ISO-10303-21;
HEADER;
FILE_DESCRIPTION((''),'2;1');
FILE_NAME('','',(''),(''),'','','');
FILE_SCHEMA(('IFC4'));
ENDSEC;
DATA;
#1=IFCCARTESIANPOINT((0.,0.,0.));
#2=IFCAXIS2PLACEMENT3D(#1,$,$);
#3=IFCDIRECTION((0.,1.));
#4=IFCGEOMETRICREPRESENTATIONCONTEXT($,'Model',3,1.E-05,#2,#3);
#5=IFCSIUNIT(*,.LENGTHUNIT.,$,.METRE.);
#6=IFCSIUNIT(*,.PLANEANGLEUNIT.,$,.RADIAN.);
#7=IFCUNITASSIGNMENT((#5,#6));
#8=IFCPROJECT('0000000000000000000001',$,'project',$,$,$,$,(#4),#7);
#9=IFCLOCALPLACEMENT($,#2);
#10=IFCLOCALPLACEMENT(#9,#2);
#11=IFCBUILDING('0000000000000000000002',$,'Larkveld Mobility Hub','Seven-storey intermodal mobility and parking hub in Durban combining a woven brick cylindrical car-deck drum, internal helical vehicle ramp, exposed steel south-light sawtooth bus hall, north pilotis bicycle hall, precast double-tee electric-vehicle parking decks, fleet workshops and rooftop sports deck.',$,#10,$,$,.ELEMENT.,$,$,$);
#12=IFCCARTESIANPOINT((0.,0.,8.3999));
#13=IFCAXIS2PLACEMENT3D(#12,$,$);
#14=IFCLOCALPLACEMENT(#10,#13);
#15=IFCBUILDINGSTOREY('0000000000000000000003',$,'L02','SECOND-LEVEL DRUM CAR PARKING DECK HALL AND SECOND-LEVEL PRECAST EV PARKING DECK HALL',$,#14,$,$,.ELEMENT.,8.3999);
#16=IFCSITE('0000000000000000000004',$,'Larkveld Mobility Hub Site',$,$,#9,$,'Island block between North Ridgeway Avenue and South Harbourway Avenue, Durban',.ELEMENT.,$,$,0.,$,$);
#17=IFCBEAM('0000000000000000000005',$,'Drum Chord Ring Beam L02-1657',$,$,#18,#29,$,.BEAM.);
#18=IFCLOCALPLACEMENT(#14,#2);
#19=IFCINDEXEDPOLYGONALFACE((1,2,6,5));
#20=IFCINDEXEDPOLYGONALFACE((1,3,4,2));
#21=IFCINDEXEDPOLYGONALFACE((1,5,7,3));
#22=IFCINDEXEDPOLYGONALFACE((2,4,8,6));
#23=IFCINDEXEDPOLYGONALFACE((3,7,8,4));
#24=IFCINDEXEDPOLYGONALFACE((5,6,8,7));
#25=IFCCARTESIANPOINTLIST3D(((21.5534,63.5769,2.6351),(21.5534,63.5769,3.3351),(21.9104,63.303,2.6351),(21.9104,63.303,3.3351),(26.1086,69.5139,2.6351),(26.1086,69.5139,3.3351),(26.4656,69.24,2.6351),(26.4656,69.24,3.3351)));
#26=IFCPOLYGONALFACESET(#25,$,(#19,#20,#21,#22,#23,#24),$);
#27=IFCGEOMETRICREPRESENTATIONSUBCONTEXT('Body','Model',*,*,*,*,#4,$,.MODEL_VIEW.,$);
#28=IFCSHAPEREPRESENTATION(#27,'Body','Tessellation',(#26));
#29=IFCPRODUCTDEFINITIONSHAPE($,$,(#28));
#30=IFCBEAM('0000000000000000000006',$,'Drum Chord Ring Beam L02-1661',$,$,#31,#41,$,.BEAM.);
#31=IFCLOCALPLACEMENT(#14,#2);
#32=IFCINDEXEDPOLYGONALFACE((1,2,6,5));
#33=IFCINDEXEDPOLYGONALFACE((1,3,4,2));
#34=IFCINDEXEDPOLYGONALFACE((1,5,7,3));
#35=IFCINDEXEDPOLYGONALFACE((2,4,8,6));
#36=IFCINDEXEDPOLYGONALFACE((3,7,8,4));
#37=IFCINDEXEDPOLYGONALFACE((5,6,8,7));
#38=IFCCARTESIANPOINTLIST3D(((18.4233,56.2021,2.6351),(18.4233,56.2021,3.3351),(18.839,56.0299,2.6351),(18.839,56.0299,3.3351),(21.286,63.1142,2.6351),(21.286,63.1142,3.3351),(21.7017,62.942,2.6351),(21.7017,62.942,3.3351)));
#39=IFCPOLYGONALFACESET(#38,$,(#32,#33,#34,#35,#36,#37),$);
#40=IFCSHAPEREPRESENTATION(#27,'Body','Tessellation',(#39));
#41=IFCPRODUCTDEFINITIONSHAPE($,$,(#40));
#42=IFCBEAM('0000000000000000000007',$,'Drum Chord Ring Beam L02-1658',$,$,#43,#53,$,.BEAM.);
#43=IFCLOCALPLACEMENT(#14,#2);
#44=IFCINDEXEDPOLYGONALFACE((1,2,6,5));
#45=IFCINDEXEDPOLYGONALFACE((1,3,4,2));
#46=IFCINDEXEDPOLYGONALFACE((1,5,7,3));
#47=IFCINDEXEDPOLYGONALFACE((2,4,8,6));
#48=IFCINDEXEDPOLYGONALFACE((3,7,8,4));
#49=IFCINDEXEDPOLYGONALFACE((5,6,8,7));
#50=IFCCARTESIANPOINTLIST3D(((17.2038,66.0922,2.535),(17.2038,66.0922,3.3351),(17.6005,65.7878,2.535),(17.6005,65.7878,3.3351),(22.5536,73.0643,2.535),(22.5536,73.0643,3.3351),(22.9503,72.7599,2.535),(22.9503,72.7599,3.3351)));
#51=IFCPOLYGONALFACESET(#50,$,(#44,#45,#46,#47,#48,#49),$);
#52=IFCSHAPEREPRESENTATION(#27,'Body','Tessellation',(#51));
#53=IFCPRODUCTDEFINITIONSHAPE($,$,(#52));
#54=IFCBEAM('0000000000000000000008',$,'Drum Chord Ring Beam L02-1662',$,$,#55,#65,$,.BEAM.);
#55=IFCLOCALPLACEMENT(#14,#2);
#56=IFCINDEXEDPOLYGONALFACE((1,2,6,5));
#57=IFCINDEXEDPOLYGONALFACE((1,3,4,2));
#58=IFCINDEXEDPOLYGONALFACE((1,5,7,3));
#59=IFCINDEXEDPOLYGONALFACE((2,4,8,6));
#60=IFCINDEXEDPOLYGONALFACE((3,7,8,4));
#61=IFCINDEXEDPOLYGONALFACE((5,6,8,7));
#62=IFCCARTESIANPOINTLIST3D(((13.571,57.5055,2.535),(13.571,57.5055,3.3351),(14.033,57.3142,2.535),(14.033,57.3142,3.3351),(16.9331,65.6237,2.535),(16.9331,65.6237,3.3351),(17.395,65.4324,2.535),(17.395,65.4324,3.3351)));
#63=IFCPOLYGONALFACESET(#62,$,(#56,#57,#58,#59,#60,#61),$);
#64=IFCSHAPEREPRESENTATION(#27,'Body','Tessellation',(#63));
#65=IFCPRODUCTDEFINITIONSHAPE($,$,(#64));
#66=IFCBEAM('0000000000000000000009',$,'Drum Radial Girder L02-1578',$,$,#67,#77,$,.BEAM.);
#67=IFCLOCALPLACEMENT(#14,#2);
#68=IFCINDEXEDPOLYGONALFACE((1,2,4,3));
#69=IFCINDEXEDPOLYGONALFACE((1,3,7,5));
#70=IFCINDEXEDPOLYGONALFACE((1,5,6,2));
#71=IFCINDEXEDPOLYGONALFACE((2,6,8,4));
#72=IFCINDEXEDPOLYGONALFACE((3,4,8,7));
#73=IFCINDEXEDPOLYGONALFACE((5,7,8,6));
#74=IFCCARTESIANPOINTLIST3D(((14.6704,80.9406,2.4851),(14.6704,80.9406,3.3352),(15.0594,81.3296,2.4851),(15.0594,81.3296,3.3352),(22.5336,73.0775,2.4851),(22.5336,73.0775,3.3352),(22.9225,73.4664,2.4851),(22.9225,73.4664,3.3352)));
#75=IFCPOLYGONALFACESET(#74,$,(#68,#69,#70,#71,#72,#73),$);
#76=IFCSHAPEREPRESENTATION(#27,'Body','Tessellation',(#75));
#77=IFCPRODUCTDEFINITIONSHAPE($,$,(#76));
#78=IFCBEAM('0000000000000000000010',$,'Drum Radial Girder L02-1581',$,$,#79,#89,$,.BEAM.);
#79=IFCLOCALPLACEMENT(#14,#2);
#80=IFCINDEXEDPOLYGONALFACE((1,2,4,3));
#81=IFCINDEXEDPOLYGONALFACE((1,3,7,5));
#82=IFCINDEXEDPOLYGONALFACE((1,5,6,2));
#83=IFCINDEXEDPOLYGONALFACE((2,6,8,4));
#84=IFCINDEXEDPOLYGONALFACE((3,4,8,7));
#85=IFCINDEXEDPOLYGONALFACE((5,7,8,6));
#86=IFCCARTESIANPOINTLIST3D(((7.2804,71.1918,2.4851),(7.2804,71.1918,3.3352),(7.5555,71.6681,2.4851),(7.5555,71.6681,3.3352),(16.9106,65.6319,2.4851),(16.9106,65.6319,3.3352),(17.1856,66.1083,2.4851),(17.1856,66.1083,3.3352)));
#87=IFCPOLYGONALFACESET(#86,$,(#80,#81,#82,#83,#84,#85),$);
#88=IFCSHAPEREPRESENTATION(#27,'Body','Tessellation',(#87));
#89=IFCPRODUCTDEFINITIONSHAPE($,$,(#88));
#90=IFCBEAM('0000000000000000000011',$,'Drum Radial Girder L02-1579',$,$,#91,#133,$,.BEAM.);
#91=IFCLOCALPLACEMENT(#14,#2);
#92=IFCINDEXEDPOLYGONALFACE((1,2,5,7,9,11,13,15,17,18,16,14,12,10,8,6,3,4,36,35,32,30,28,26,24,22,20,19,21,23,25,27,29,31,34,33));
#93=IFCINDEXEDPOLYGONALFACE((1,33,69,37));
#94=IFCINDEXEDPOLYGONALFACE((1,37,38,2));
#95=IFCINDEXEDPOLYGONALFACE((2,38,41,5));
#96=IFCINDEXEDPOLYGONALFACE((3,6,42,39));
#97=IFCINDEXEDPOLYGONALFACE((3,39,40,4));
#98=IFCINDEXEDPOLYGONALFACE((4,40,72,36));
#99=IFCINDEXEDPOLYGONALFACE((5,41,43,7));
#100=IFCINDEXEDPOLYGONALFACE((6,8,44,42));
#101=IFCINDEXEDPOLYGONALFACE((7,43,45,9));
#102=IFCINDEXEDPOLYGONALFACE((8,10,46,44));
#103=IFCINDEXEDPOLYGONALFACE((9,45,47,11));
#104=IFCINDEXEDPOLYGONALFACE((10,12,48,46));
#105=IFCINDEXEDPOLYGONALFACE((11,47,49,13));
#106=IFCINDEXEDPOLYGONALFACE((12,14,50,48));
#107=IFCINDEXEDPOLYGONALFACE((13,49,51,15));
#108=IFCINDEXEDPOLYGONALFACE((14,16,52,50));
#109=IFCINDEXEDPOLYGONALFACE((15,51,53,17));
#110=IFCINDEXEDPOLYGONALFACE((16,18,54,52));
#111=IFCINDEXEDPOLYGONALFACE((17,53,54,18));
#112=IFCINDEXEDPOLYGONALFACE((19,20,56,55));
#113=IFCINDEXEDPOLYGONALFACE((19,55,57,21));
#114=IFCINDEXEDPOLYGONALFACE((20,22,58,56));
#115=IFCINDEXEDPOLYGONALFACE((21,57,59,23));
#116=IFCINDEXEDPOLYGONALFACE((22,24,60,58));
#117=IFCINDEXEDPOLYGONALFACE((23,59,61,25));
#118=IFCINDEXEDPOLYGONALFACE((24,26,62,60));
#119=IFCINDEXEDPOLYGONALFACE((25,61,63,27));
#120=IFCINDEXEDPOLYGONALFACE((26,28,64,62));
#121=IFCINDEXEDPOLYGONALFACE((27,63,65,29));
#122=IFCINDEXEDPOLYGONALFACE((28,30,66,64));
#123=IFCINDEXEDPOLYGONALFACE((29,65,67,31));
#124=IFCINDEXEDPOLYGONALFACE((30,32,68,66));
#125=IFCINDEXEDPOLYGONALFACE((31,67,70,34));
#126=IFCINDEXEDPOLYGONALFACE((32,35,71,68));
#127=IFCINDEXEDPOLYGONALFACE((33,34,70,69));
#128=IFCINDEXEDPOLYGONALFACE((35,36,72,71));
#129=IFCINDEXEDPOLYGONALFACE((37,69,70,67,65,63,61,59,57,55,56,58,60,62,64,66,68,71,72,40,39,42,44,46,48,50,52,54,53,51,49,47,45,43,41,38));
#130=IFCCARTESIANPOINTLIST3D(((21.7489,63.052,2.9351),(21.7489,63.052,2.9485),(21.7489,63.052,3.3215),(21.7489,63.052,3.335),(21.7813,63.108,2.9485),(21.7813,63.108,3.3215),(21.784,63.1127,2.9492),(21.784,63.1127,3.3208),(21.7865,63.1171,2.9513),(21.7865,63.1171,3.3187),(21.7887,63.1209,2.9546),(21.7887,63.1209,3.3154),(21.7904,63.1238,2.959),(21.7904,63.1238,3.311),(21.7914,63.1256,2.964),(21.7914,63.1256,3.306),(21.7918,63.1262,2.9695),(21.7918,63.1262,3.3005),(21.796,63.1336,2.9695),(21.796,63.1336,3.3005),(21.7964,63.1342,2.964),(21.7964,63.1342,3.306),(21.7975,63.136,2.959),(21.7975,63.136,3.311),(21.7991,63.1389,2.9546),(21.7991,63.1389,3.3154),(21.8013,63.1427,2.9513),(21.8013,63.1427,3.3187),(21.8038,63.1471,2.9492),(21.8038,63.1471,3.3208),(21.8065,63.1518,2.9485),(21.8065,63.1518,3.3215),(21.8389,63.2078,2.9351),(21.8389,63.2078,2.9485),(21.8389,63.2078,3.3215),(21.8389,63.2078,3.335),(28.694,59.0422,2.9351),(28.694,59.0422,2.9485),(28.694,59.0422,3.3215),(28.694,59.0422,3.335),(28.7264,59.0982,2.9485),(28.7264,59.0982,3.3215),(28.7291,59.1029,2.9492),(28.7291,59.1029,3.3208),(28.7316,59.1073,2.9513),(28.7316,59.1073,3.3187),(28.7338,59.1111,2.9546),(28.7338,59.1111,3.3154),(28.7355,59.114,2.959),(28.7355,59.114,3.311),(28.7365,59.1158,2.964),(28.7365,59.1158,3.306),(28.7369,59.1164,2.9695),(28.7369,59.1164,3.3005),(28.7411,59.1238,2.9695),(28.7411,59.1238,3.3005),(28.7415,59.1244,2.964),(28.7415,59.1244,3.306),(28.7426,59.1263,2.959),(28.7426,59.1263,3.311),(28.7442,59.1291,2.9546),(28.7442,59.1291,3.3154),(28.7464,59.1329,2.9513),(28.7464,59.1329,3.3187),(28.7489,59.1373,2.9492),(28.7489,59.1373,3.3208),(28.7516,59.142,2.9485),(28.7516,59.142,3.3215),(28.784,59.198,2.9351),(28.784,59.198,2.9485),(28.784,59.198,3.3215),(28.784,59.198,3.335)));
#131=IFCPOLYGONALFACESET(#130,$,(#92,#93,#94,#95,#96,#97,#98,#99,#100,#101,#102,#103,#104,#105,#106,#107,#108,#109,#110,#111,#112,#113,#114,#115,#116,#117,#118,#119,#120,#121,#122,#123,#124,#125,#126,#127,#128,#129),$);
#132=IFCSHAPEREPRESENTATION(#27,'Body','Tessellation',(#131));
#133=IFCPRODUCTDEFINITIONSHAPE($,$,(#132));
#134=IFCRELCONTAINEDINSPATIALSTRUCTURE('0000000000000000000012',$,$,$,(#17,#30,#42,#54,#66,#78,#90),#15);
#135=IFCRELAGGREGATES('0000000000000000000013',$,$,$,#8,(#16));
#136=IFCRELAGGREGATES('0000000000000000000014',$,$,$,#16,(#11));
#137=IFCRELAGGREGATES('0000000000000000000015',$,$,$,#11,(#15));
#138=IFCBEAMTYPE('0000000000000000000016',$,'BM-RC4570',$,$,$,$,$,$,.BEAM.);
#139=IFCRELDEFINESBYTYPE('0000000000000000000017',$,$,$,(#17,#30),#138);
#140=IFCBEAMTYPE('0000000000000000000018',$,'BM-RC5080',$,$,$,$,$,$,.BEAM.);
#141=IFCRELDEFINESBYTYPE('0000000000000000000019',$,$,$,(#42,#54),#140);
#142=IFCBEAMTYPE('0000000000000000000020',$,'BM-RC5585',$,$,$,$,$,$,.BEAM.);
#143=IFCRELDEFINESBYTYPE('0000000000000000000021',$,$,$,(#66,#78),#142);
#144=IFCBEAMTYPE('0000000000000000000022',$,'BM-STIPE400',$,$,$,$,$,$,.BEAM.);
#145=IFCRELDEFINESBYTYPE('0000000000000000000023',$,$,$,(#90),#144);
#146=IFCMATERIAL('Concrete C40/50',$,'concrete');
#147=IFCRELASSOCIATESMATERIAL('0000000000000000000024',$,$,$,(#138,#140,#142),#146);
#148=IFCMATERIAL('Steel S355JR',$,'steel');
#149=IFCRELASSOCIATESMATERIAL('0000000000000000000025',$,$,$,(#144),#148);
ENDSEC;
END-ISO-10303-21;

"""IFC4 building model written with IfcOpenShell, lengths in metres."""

from ifc_helpers import new_model, si_unit, direction, frame, origin, origin_2d, place, context, subcontext, project, spatial, rectangle, i_section, extrude, material, material_profile, profile_set, type_object, element, save


model = new_model("IFC4")

# Units and contexts
model_context = context("Model", 3, precision=1e-05, world=origin(), true_north=direction((0.0, 1.0)))
body_context = subcontext(model_context, "Body", "Model", "MODEL_VIEW")
ifc_project = project(units=[si_unit("LENGTHUNIT", "METRE"), si_unit("PLANEANGLEUNIT", "RADIAN")], contexts=[model_context])

# Site, building, storey
site_placement = place(None, origin())
site = spatial("IfcSite", under=ifc_project, at=site_placement, Name="Larkveld Mobility Hub Site", LongName="Island block between North Ridgeway Avenue and South Harbourway Avenue, Durban", CompositionType="ELEMENT", RefElevation=0.0)
building_placement = place(site_placement, origin())
building = spatial("IfcBuilding", under=site, at=building_placement, Name="Larkveld Mobility Hub", Description="Seven-storey intermodal mobility and parking hub in Durban combining a woven brick cylindrical car-deck drum, internal helical vehicle ramp, exposed steel south-light sawtooth bus hall, north pilotis bicycle hall, precast double-tee electric-vehicle parking decks, fleet workshops and rooftop sports deck.", CompositionType="ELEMENT")
storey_placement = place(building_placement, frame((0.0, 0.0, 8.3999)))
storey = spatial("IfcBuildingStorey", under=building, at=storey_placement, Name="L02", Description="SECOND-LEVEL DRUM CAR PARKING DECK HALL AND SECOND-LEVEL PRECAST EV PARKING DECK HALL", CompositionType="ELEMENT", Elevation=8.3999)

# Shared definitions
ifc_material_1 = material(Name="Concrete C40/50", Category="concrete")

# Beams
ifc_material_profile_1 = material_profile(ifc_material_1, rectangle(XDim=0.45, YDim=0.7, at=origin_2d()), Name="RC BM 450x700")
ifc_profile_set_1 = profile_set([ifc_material_profile_1], Name="Concrete C40/50")
beam_type_1 = type_object("IfcBeamType", Name="BM-RC4570", PredefinedType="BEAM", material=ifc_profile_set_1)
beam_1_placement = place(storey_placement, frame((26.2871, 69.377, 2.9851), z_axis=(-0.608723, -0.793383, 0.0), x_axis=(0.793383, -0.608723, 0.0)))
element("IfcBeam", 1, at=beam_1_placement, inside=storey, type_object=beam_type_1, Name="Drum Chord Ring Beam L02-1657", PredefinedType="BEAM", context=body_context, shape_type="SweptSolid", body=[
    extrude(rectangle(XDim=0.45, YDim=0.7, at=origin_2d()), origin(), (0.0, 0.0, 1.0), 7.4832),
])
beam_2_placement = place(storey_placement, frame((21.4939, 63.0281, 2.9851), z_axis=(-0.38265, -0.923894, 0.0), x_axis=(0.923894, -0.38265, 0.0)))
element("IfcBeam", 2, at=beam_2_placement, inside=storey, type_object=beam_type_1, Name="Drum Chord Ring Beam L02-1661", PredefinedType="BEAM", context=body_context, shape_type="SweptSolid", body=[
    extrude(rectangle(XDim=0.45, YDim=0.7, at=origin_2d()), origin(), (0.0, 0.0, 1.0), 7.4814),
])
ifc_material_profile_2 = material_profile(ifc_material_1, rectangle(XDim=0.5, YDim=0.8, at=origin_2d()), Name="RC BM 500x800")
ifc_profile_set_2 = profile_set([ifc_material_profile_2], Name="Concrete C40/50")
beam_type_2 = type_object("IfcBeamType", Name="BM-RC5080", PredefinedType="BEAM", material=ifc_profile_set_2)
beam_3_placement = place(storey_placement, frame((22.752, 72.9121, 2.9351), z_axis=(-0.608756, -0.793358, 0.0), x_axis=(0.793358, -0.608756, 0.0)))
element("IfcBeam", 3, at=beam_3_placement, inside=storey, type_object=beam_type_2, Name="Drum Chord Ring Beam L02-1658", PredefinedType="BEAM", context=body_context, shape_type="SweptSolid", body=[
    extrude(rectangle(XDim=0.5, YDim=0.8, at=origin_2d()), origin(), (0.0, 0.0, 1.0), 8.7881),
])
beam_4_placement = place(storey_placement, frame((17.1641, 65.5281, 2.9351), z_axis=(-0.382626, -0.923903, 0.0), x_axis=(0.923903, -0.382626, 0.0)))
element("IfcBeam", 4, at=beam_4_placement, inside=storey, type_object=beam_type_2, Name="Drum Chord Ring Beam L02-1662", PredefinedType="BEAM", context=body_context, shape_type="SweptSolid", body=[
    extrude(rectangle(XDim=0.5, YDim=0.8, at=origin_2d()), origin(), (0.0, 0.0, 1.0), 8.7869),
])
ifc_material_profile_3 = material_profile(ifc_material_1, rectangle(XDim=0.55, YDim=0.8501, at=origin_2d()), Name="RC BM 550x850")
ifc_profile_set_3 = profile_set([ifc_material_profile_3], Name="Concrete C40/50")
beam_type_3 = type_object("IfcBeamType", Name="BM-RC5585", PredefinedType="BEAM", material=ifc_profile_set_3)
beam_5_placement = place(storey_placement, frame((22.728, 73.272, 2.9102), z_axis=(-0.707107, 0.707107, 0.0), x_axis=(-0.707107, -0.707107, 0.0)))
element("IfcBeam", 5, at=beam_5_placement, inside=storey, type_object=beam_type_3, Name="Drum Radial Girder L02-1578", PredefinedType="BEAM", context=body_context, shape_type="SweptSolid", body=[
    extrude(rectangle(XDim=0.55, YDim=0.8501, at=origin_2d()), origin(), (0.0, 0.0, 1.0), 11.1201),
])
beam_6_placement = place(storey_placement, frame((17.0481, 65.8701, 2.9102), z_axis=(-0.866031, 0.49999, 0.0), x_axis=(-0.49999, -0.866031, 0.0)))
element("IfcBeam", 6, at=beam_6_placement, inside=storey, type_object=beam_type_3, Name="Drum Radial Girder L02-1581", PredefinedType="BEAM", context=body_context, shape_type="SweptSolid", body=[
    extrude(rectangle(XDim=0.55, YDim=0.8501, at=origin_2d()), origin(), (0.0, 0.0, 1.0), 11.1199),
])
ifc_material_2 = material(Name="Steel S355JR", Category="steel")
ifc_material_profile_4 = material_profile(ifc_material_2, i_section(OverallWidth=0.1799, OverallDepth=0.3999, WebThickness=0.0085, FlangeThickness=0.0134, FilletRadius=0.021, at=origin_2d()), Name="IPE 400")
ifc_profile_set_4 = profile_set([ifc_material_profile_4], Name="Steel S355JR")
beam_type_4 = type_object("IfcBeamType", Name="BM-STIPE400", PredefinedType="BEAM", material=ifc_profile_set_4)
beam_7_placement = place(storey_placement, frame((28.739, 59.1201, 3.135), z_axis=(-0.866024, 0.500003, 0.0), x_axis=(-0.500003, -0.866024, 0.0)))
element("IfcBeam", 7, at=beam_7_placement, inside=storey, type_object=beam_type_4, Name="Drum Radial Girder L02-1579", PredefinedType="BEAM", context=body_context, shape_type="SweptSolid", body=[
    extrude(i_section(OverallWidth=0.1799, OverallDepth=0.3999, WebThickness=0.0085, FlangeThickness=0.0134, FilletRadius=0.021, at=origin_2d()), origin(), (0.0, 0.0, 1.0), 8.0195),
])

save(model, "model.ifc")
